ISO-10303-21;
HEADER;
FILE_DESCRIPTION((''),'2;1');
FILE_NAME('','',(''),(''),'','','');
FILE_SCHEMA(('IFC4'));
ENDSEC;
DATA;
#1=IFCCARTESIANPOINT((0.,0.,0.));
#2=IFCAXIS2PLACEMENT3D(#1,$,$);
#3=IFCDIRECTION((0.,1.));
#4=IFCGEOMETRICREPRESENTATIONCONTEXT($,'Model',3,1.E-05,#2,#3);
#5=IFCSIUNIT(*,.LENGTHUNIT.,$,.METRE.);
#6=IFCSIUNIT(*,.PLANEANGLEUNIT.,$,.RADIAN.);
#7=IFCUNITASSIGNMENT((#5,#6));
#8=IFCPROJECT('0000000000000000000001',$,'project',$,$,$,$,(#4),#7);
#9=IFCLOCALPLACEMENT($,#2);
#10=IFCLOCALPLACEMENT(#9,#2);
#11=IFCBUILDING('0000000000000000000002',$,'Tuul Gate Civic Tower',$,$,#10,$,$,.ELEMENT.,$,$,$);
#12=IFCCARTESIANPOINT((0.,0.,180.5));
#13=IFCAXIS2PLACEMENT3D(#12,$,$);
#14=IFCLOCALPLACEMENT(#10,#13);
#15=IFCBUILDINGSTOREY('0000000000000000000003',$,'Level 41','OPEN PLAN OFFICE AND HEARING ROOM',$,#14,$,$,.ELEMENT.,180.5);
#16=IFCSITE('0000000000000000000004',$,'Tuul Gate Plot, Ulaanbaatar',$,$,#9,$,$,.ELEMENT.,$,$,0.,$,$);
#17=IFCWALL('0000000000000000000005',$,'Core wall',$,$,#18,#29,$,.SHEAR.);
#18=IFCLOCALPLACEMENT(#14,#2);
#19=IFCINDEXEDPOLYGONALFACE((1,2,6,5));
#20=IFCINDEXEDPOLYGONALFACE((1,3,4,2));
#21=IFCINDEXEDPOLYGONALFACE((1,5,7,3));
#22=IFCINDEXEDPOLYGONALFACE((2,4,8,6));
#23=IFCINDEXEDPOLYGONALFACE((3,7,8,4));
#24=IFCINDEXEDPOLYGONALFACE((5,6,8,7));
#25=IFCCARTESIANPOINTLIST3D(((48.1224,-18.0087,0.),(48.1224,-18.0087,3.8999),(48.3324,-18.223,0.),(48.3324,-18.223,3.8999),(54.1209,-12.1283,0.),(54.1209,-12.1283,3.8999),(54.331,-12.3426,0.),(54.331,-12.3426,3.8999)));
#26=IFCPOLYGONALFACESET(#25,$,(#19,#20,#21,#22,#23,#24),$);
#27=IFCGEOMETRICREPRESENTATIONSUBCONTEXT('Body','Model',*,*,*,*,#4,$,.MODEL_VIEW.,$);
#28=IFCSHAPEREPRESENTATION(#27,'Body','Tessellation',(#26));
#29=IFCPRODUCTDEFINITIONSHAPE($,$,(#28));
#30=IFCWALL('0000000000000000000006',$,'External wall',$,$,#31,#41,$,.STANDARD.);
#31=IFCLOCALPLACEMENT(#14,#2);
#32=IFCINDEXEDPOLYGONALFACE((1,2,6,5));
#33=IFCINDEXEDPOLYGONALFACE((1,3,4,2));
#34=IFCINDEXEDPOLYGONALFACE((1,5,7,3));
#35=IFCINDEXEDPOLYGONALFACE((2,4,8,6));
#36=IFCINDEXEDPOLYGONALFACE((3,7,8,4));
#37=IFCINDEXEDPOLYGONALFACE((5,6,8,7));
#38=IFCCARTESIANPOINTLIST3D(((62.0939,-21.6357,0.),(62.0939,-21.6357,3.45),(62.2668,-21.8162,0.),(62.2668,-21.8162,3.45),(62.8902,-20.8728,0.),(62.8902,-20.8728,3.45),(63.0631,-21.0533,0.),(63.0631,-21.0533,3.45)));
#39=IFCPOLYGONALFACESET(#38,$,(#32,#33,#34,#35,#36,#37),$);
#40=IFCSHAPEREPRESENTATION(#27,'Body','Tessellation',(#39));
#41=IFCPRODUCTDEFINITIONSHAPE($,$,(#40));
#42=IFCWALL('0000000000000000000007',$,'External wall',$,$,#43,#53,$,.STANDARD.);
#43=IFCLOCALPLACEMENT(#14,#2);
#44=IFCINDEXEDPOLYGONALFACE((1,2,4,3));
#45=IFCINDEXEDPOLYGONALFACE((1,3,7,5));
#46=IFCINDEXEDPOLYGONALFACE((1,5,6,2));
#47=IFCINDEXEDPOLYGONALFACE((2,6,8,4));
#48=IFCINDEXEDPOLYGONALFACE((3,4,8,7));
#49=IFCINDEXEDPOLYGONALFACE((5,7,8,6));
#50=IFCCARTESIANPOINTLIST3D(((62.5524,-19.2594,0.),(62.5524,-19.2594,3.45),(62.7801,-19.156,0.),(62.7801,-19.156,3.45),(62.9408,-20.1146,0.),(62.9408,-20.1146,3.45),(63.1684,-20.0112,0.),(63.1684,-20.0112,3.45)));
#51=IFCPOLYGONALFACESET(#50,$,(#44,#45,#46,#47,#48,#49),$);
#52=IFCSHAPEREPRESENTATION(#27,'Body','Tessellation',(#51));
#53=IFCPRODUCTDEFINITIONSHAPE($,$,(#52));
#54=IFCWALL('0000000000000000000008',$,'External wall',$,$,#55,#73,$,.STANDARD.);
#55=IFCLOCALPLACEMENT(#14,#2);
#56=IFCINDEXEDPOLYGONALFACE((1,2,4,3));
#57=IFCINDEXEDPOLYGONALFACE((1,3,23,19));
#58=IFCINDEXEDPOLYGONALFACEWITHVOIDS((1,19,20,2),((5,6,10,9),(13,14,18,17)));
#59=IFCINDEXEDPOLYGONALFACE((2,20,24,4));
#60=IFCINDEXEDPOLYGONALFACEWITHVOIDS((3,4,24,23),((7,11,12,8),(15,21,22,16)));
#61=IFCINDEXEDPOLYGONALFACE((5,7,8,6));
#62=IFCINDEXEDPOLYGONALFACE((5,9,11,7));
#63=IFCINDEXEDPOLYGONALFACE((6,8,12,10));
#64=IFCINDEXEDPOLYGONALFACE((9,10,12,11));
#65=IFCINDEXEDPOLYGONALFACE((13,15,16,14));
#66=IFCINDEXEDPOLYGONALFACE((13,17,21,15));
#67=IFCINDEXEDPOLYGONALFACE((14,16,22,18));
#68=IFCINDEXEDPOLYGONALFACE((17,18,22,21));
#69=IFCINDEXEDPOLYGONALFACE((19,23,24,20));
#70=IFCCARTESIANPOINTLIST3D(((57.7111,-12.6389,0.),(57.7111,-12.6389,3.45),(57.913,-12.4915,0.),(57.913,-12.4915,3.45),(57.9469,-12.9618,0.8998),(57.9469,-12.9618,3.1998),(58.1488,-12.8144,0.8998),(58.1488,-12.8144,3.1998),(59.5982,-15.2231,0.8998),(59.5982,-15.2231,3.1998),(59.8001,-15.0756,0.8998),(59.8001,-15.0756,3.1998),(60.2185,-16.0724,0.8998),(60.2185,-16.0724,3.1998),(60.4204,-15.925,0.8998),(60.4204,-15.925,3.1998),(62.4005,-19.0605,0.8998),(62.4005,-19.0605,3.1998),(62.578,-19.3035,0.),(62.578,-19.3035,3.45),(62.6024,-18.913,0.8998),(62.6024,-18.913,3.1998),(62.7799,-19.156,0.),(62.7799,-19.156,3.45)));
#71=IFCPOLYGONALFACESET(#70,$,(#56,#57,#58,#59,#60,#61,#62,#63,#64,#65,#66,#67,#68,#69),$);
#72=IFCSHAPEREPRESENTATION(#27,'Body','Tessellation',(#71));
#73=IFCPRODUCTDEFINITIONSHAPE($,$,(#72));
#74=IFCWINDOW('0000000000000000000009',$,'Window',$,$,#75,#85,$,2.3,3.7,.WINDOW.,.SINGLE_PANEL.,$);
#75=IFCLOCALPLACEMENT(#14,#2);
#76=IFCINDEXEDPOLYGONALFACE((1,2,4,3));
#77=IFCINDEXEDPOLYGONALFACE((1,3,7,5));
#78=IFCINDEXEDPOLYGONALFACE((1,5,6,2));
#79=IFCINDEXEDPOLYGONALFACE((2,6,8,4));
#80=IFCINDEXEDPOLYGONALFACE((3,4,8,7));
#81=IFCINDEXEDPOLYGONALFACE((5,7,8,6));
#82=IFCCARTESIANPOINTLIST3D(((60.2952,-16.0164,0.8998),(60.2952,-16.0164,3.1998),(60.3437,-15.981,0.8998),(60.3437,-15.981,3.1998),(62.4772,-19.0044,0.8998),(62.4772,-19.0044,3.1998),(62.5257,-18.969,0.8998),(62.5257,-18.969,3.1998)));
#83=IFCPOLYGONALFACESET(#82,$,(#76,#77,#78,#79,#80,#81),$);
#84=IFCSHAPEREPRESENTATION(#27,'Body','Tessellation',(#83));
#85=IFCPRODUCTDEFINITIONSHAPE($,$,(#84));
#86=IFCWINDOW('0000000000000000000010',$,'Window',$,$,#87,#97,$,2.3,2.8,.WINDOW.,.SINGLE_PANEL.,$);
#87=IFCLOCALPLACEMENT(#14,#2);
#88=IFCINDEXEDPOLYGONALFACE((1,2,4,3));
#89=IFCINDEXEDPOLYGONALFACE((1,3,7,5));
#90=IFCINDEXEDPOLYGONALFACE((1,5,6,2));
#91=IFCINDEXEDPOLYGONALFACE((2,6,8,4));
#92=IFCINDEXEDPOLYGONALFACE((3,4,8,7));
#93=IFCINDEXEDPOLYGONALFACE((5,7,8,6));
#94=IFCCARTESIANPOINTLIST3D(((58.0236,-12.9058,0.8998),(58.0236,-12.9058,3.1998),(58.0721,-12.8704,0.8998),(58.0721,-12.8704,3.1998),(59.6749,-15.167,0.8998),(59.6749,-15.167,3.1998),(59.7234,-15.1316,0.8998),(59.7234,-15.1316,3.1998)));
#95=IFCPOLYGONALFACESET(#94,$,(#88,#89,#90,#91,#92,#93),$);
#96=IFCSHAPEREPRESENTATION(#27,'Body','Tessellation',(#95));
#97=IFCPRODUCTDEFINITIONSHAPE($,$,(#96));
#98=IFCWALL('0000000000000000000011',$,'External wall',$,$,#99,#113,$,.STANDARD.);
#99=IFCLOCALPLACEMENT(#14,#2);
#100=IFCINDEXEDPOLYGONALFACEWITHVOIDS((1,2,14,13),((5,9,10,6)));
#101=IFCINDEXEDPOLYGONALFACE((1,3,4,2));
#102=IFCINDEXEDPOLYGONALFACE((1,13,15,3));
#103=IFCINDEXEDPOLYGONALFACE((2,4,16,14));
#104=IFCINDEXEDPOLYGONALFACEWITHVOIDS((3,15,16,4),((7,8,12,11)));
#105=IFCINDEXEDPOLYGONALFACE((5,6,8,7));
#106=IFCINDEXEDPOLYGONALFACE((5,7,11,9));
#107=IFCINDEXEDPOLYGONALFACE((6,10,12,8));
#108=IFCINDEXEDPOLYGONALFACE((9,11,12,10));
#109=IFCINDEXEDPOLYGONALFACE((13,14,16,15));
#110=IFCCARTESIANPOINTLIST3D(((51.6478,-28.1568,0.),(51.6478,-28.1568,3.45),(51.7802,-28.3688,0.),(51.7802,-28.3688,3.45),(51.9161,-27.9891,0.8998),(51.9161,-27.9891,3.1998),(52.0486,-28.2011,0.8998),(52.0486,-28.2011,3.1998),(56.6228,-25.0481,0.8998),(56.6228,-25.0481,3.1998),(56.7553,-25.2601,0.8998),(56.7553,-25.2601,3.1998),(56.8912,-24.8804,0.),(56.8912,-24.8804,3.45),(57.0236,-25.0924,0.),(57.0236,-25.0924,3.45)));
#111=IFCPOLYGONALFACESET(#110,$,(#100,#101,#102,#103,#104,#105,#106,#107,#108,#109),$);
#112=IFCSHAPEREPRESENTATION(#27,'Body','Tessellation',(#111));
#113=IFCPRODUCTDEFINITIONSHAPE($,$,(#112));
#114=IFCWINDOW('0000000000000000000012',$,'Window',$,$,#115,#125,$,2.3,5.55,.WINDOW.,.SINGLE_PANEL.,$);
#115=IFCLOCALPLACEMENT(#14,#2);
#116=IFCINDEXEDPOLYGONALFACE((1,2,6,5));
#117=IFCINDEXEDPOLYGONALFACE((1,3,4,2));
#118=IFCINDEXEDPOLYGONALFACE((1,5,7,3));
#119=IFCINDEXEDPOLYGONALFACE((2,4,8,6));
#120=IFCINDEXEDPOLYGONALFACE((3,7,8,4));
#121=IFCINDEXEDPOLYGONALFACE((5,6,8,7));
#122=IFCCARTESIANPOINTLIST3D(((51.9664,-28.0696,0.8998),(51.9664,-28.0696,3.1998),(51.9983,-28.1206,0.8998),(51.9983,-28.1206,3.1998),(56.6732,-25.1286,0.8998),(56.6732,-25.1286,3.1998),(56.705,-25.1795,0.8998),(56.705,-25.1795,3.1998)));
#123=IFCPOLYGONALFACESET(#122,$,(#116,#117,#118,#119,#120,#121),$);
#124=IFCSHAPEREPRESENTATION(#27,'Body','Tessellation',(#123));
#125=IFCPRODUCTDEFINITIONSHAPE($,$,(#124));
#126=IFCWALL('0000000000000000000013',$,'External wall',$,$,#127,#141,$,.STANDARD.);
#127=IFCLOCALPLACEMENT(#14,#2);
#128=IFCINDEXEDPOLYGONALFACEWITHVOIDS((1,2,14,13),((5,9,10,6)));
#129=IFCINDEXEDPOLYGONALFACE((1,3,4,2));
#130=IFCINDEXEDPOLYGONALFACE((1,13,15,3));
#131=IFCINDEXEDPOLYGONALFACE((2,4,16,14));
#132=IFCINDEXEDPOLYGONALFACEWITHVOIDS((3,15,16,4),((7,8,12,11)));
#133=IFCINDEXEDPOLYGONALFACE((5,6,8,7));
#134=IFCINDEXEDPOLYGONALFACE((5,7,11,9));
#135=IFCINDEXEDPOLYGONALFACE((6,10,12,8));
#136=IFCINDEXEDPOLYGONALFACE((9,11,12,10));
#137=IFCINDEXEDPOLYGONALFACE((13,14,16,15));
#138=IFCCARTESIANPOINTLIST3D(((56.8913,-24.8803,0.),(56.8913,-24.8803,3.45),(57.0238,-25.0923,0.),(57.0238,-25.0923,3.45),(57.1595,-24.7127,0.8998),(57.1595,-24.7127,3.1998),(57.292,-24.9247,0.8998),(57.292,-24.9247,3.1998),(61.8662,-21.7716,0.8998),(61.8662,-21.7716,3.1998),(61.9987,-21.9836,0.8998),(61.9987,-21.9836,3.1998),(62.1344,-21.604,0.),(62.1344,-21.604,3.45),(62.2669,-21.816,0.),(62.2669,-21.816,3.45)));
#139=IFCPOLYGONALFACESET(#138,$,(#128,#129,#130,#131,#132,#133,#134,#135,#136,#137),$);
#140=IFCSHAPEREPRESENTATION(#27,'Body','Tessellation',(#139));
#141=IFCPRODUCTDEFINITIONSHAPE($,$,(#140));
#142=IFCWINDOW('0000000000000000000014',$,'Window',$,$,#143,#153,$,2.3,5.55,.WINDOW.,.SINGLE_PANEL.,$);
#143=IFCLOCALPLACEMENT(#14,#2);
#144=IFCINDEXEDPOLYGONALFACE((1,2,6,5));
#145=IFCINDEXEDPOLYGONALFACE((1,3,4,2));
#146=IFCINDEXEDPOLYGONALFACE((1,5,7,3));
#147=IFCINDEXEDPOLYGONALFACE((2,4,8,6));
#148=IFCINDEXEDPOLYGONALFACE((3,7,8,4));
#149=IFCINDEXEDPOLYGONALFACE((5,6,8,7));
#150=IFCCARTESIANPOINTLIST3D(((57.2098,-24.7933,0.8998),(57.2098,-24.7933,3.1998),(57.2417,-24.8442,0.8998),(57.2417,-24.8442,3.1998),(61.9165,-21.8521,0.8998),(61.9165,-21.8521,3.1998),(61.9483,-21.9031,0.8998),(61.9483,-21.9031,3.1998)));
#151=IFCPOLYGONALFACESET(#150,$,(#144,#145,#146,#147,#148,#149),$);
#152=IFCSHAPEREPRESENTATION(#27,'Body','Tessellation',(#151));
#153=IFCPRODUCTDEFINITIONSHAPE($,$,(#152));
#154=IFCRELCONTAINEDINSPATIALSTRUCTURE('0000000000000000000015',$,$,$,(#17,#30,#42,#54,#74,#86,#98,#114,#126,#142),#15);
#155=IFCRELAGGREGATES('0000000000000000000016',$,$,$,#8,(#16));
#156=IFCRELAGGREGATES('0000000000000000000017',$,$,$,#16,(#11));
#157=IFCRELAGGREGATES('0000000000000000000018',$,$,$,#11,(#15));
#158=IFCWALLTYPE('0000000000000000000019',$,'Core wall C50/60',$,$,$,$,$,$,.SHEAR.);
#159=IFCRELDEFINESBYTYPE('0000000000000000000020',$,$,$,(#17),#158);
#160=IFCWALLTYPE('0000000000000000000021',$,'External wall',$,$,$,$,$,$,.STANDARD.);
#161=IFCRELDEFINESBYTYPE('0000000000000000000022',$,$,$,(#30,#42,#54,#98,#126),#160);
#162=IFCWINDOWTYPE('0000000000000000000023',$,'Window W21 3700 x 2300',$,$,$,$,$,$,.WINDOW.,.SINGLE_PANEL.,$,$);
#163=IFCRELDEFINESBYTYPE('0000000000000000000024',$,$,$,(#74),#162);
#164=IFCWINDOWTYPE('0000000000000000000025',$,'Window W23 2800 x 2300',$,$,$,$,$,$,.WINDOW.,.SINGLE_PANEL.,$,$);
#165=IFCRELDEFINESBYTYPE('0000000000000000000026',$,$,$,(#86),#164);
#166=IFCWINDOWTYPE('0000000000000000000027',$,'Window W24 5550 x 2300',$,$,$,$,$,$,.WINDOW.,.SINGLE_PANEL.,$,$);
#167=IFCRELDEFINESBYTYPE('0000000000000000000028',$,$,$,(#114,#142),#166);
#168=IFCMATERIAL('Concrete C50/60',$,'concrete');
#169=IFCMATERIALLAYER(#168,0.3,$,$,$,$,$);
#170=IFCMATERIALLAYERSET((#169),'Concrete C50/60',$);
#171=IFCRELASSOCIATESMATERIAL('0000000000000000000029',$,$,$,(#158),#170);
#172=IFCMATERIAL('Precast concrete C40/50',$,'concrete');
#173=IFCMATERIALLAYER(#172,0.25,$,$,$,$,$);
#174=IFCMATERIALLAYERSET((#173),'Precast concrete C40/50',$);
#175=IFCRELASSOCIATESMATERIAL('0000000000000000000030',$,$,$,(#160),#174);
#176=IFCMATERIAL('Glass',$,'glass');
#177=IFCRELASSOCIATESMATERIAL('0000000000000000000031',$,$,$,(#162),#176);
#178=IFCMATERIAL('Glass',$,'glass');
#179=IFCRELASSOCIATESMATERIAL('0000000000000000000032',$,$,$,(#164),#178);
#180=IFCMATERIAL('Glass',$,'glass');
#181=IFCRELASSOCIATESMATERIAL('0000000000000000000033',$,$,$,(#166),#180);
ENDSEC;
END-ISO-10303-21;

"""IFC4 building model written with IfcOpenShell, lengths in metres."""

from ifc_helpers import new_model, si_unit, direction, frame, frame_2d, origin, place, context, subcontext, project, spatial, rectangle, extrude, material, layer, layer_set, type_object, element, fill, save


model = new_model("IFC4")

# Units and contexts
model_context = context("Model", 3, precision=1e-05, world=origin(), true_north=direction((0.0, 1.0)))
body_context = subcontext(model_context, "Body", "Model", "MODEL_VIEW")
ifc_project = project(units=[si_unit("LENGTHUNIT", "METRE"), si_unit("PLANEANGLEUNIT", "RADIAN")], contexts=[model_context])

# Site, building, storey
site_placement = place(None, origin())
site = spatial("IfcSite", under=ifc_project, at=site_placement, Name="Tuul Gate Plot, Ulaanbaatar", CompositionType="ELEMENT", RefElevation=0.0)
building_placement = place(site_placement, origin())
building = spatial("IfcBuilding", under=site, at=building_placement, Name="Tuul Gate Civic Tower", CompositionType="ELEMENT")
storey_placement = place(building_placement, frame((0.0, 0.0, 180.5)))
storey = spatial("IfcBuildingStorey", under=building, at=storey_placement, Name="Level 41", Description="OPEN PLAN OFFICE AND HEARING ROOM", CompositionType="ELEMENT", Elevation=180.5)

# Shared definitions
ifc_material_1 = material(Name="Concrete C50/60", Category="concrete")
ifc_layer_1 = layer(ifc_material_1, 0.3)
ifc_layer_set_1 = layer_set([ifc_layer_1], Name="Concrete C50/60")
wall_type_1 = type_object("IfcWallType", Name="Core wall C50/60", PredefinedType="SHEAR", material=ifc_layer_set_1)

# Walls
wall_1_placement = place(storey_placement, frame((48.2273, -18.116, 0.0), z_axis=(0.0, 0.0, 1.0), x_axis=(0.714105, 0.700038, 0.0)))
element("IfcWall", 1, at=wall_1_placement, inside=storey, type_object=wall_type_1, Name="Core wall", PredefinedType="SHEAR", context=body_context, shape_type="SweptSolid", body=[
    extrude(rectangle(XDim=8.4001, YDim=0.3, at=frame_2d((4.2002, 0.0))), origin(), (0.0, 0.0, 1.0), 3.8999),
])
ifc_material_2 = material(Name="Precast concrete C40/50", Category="concrete")
ifc_layer_2 = layer(ifc_material_2, 0.25)
ifc_layer_set_2 = layer_set([ifc_layer_2], Name="Precast concrete C40/50")
wall_type_2 = type_object("IfcWallType", Name="External wall", PredefinedType="STANDARD", material=ifc_layer_set_2)
wall_2_placement = place(storey_placement, frame((62.1804, -21.7258, 0.0), z_axis=(0.0, 0.0, 1.0), x_axis=(0.722108, 0.69178, 0.0)))
element("IfcWall", 2, at=wall_2_placement, inside=storey, type_object=wall_type_2, Name="External wall", PredefinedType="STANDARD", context=body_context, shape_type="SweptSolid", body=[
    extrude(rectangle(XDim=1.1028, YDim=0.25, at=frame_2d((0.5513, 0.0))), origin(), (0.0, 0.0, 1.0), 3.45),
])
wall_3_placement = place(storey_placement, frame((63.0547, -20.063, 0.0), z_axis=(0.0, 0.0, 1.0), x_axis=(-0.413529, 0.910491, 0.0)))
element("IfcWall", 3, at=wall_3_placement, inside=storey, type_object=wall_type_2, Name="External wall", PredefinedType="STANDARD", context=body_context, shape_type="SweptSolid", body=[
    extrude(rectangle(XDim=0.9392, YDim=0.25, at=frame_2d((0.4697, 0.0))), origin(), (0.0, 0.0, 1.0), 3.45),
])

# Wall, openings, windows
wall_4_placement = place(storey_placement, frame((62.679, -19.2297, 0.0), z_axis=(0.0, 0.0, 1.0), x_axis=(-0.589755, 0.807582, 0.0)))
wall_4 = element("IfcWall", 4, at=wall_4_placement, inside=storey, type_object=wall_type_2, Name="External wall", PredefinedType="STANDARD", context=body_context, shape_type="SweptSolid", body=[
    extrude(rectangle(XDim=8.2524, YDim=0.25, at=frame_2d((4.1262, 0.0))), origin(), (0.0, 0.0, 1.0), 3.45),
])
opening_1_placement = place(wall_4_placement, frame((0.3008, 0.0, 0.8999)))
opening_1 = element("IfcOpeningElement", 5, at=opening_1_placement, cuts=wall_4, PredefinedType="OPENING", context=body_context, shape_type="SweptSolid", body=[
    extrude(rectangle(XDim=3.7, YDim=2.3, at=frame_2d((1.8501, 1.1499))), frame((0.0, 0.135, 0.0), z_axis=(0.0, -1.0, 0.0), x_axis=(1.0, 0.0, 0.0)), (0.0, 0.0, 1.0), 0.27),
])
opening_2_placement = place(wall_4_placement, frame((5.0527, 0.0, 0.8999)))
opening_2 = element("IfcOpeningElement", 6, at=opening_2_placement, cuts=wall_4, PredefinedType="OPENING", context=body_context, shape_type="SweptSolid", body=[
    extrude(rectangle(XDim=2.8, YDim=2.3, at=frame_2d((1.3999, 1.1499))), frame((0.0, 0.135, 0.0), z_axis=(0.0, -1.0, 0.0), x_axis=(1.0, 0.0, 0.0)), (0.0, 0.0, 1.0), 0.27),
])
ifc_material_3 = material(Name="Glass", Category="glass")
window_type_1 = type_object("IfcWindowType", Name="Window W21 3700 x 2300", PartitioningType="SINGLE_PANEL", PredefinedType="WINDOW", material=ifc_material_3)
window_1_placement = place(opening_1_placement, origin())
window_1 = element("IfcWindow", 7, at=window_1_placement, inside=storey, type_object=window_type_1, Name="Window", OverallHeight=2.3, OverallWidth=3.7, PartitioningType="SINGLE_PANEL", PredefinedType="WINDOW", context=body_context, shape_type="SweptSolid", body=[
    extrude(rectangle(XDim=3.7, YDim=2.3, at=frame_2d((1.8501, 1.1499))), frame((0.0, 0.03, 0.0), z_axis=(0.0, -1.0, 0.0), x_axis=(1.0, 0.0, 0.0)), (0.0, 0.0, 1.0), 0.0601),
])
fill(opening_1, window_1)
ifc_material_4 = material(Name="Glass", Category="glass")
window_type_2 = type_object("IfcWindowType", Name="Window W23 2800 x 2300", PartitioningType="SINGLE_PANEL", PredefinedType="WINDOW", material=ifc_material_4)
window_2_placement = place(opening_2_placement, origin())
window_2 = element("IfcWindow", 8, at=window_2_placement, inside=storey, type_object=window_type_2, Name="Window", OverallHeight=2.3, OverallWidth=2.8, PartitioningType="SINGLE_PANEL", PredefinedType="WINDOW", context=body_context, shape_type="SweptSolid", body=[
    extrude(rectangle(XDim=2.8, YDim=2.3, at=frame_2d((1.3999, 1.1499))), frame((0.0, 0.03, 0.0), z_axis=(0.0, -1.0, 0.0), x_axis=(1.0, 0.0, 0.0)), (0.0, 0.0, 1.0), 0.0601),
])
fill(opening_2, window_2)

# Walls, openings, windows
wall_5_placement = place(storey_placement, frame((51.7141, -28.2627, 0.0), z_axis=(0.0, 0.0, 1.0), x_axis=(0.848054, 0.52991, 0.0)))
wall_5 = element("IfcWall", 9, at=wall_5_placement, inside=storey, type_object=wall_type_2, Name="External wall", PredefinedType="STANDARD", context=body_context, shape_type="SweptSolid", body=[
    extrude(rectangle(XDim=6.1829, YDim=0.25, at=frame_2d((3.0913, 0.0))), origin(), (0.0, 0.0, 1.0), 3.45),
])
opening_3_placement = place(wall_5_placement, frame((0.3164, 0.0, 0.8999)))
opening_3 = element("IfcOpeningElement", 10, at=opening_3_placement, cuts=wall_5, PredefinedType="OPENING", context=body_context, shape_type="SweptSolid", body=[
    extrude(rectangle(XDim=5.55, YDim=2.3, at=frame_2d((2.7749, 1.1499))), frame((0.0, 0.135, 0.0), z_axis=(0.0, -1.0, 0.0), x_axis=(1.0, 0.0, 0.0)), (0.0, 0.0, 1.0), 0.27),
])
ifc_material_5 = material(Name="Glass", Category="glass")
window_type_3 = type_object("IfcWindowType", Name="Window W24 5550 x 2300", PartitioningType="SINGLE_PANEL", PredefinedType="WINDOW", material=ifc_material_5)
window_3_placement = place(opening_3_placement, origin())
window_3 = element("IfcWindow", 11, at=window_3_placement, inside=storey, type_object=window_type_3, Name="Window", OverallHeight=2.3, OverallWidth=5.55, PartitioningType="SINGLE_PANEL", PredefinedType="WINDOW", context=body_context, shape_type="SweptSolid", body=[
    extrude(rectangle(XDim=5.55, YDim=2.3, at=frame_2d((2.7749, 1.1499))), frame((0.0, 0.03, 0.0), z_axis=(0.0, -1.0, 0.0), x_axis=(1.0, 0.0, 0.0)), (0.0, 0.0, 1.0), 0.0601),
])
fill(opening_3, window_3)
wall_6_placement = place(storey_placement, frame((56.9575, -24.9863, 0.0), z_axis=(0.0, 0.0, 1.0), x_axis=(0.848043, 0.529928, 0.0)))
wall_6 = element("IfcWall", 12, at=wall_6_placement, inside=storey, type_object=wall_type_2, Name="External wall", PredefinedType="STANDARD", context=body_context, shape_type="SweptSolid", body=[
    extrude(rectangle(XDim=6.1826, YDim=0.25, at=frame_2d((3.0913, 0.0))), origin(), (0.0, 0.0, 1.0), 3.45),
])
opening_4_placement = place(wall_6_placement, frame((0.3164, 0.0, 0.8999)))
opening_4 = element("IfcOpeningElement", 13, at=opening_4_placement, cuts=wall_6, PredefinedType="OPENING", context=body_context, shape_type="SweptSolid", body=[
    extrude(rectangle(XDim=5.55, YDim=2.3, at=frame_2d((2.7749, 1.1499))), frame((0.0, 0.135, 0.0), z_axis=(0.0, -1.0, 0.0), x_axis=(1.0, 0.0, 0.0)), (0.0, 0.0, 1.0), 0.27),
])
window_4_placement = place(opening_4_placement, origin())
window_4 = element("IfcWindow", 14, at=window_4_placement, inside=storey, type_object=window_type_3, Name="Window", OverallHeight=2.3, OverallWidth=5.55, PartitioningType="SINGLE_PANEL", PredefinedType="WINDOW", context=body_context, shape_type="SweptSolid", body=[
    extrude(rectangle(XDim=5.55, YDim=2.3, at=frame_2d((2.7749, 1.1499))), frame((0.0, 0.03, 0.0), z_axis=(0.0, -1.0, 0.0), x_axis=(1.0, 0.0, 0.0)), (0.0, 0.0, 1.0), 0.0601),
])
fill(opening_4, window_4)

save(model, "model.ifc")
